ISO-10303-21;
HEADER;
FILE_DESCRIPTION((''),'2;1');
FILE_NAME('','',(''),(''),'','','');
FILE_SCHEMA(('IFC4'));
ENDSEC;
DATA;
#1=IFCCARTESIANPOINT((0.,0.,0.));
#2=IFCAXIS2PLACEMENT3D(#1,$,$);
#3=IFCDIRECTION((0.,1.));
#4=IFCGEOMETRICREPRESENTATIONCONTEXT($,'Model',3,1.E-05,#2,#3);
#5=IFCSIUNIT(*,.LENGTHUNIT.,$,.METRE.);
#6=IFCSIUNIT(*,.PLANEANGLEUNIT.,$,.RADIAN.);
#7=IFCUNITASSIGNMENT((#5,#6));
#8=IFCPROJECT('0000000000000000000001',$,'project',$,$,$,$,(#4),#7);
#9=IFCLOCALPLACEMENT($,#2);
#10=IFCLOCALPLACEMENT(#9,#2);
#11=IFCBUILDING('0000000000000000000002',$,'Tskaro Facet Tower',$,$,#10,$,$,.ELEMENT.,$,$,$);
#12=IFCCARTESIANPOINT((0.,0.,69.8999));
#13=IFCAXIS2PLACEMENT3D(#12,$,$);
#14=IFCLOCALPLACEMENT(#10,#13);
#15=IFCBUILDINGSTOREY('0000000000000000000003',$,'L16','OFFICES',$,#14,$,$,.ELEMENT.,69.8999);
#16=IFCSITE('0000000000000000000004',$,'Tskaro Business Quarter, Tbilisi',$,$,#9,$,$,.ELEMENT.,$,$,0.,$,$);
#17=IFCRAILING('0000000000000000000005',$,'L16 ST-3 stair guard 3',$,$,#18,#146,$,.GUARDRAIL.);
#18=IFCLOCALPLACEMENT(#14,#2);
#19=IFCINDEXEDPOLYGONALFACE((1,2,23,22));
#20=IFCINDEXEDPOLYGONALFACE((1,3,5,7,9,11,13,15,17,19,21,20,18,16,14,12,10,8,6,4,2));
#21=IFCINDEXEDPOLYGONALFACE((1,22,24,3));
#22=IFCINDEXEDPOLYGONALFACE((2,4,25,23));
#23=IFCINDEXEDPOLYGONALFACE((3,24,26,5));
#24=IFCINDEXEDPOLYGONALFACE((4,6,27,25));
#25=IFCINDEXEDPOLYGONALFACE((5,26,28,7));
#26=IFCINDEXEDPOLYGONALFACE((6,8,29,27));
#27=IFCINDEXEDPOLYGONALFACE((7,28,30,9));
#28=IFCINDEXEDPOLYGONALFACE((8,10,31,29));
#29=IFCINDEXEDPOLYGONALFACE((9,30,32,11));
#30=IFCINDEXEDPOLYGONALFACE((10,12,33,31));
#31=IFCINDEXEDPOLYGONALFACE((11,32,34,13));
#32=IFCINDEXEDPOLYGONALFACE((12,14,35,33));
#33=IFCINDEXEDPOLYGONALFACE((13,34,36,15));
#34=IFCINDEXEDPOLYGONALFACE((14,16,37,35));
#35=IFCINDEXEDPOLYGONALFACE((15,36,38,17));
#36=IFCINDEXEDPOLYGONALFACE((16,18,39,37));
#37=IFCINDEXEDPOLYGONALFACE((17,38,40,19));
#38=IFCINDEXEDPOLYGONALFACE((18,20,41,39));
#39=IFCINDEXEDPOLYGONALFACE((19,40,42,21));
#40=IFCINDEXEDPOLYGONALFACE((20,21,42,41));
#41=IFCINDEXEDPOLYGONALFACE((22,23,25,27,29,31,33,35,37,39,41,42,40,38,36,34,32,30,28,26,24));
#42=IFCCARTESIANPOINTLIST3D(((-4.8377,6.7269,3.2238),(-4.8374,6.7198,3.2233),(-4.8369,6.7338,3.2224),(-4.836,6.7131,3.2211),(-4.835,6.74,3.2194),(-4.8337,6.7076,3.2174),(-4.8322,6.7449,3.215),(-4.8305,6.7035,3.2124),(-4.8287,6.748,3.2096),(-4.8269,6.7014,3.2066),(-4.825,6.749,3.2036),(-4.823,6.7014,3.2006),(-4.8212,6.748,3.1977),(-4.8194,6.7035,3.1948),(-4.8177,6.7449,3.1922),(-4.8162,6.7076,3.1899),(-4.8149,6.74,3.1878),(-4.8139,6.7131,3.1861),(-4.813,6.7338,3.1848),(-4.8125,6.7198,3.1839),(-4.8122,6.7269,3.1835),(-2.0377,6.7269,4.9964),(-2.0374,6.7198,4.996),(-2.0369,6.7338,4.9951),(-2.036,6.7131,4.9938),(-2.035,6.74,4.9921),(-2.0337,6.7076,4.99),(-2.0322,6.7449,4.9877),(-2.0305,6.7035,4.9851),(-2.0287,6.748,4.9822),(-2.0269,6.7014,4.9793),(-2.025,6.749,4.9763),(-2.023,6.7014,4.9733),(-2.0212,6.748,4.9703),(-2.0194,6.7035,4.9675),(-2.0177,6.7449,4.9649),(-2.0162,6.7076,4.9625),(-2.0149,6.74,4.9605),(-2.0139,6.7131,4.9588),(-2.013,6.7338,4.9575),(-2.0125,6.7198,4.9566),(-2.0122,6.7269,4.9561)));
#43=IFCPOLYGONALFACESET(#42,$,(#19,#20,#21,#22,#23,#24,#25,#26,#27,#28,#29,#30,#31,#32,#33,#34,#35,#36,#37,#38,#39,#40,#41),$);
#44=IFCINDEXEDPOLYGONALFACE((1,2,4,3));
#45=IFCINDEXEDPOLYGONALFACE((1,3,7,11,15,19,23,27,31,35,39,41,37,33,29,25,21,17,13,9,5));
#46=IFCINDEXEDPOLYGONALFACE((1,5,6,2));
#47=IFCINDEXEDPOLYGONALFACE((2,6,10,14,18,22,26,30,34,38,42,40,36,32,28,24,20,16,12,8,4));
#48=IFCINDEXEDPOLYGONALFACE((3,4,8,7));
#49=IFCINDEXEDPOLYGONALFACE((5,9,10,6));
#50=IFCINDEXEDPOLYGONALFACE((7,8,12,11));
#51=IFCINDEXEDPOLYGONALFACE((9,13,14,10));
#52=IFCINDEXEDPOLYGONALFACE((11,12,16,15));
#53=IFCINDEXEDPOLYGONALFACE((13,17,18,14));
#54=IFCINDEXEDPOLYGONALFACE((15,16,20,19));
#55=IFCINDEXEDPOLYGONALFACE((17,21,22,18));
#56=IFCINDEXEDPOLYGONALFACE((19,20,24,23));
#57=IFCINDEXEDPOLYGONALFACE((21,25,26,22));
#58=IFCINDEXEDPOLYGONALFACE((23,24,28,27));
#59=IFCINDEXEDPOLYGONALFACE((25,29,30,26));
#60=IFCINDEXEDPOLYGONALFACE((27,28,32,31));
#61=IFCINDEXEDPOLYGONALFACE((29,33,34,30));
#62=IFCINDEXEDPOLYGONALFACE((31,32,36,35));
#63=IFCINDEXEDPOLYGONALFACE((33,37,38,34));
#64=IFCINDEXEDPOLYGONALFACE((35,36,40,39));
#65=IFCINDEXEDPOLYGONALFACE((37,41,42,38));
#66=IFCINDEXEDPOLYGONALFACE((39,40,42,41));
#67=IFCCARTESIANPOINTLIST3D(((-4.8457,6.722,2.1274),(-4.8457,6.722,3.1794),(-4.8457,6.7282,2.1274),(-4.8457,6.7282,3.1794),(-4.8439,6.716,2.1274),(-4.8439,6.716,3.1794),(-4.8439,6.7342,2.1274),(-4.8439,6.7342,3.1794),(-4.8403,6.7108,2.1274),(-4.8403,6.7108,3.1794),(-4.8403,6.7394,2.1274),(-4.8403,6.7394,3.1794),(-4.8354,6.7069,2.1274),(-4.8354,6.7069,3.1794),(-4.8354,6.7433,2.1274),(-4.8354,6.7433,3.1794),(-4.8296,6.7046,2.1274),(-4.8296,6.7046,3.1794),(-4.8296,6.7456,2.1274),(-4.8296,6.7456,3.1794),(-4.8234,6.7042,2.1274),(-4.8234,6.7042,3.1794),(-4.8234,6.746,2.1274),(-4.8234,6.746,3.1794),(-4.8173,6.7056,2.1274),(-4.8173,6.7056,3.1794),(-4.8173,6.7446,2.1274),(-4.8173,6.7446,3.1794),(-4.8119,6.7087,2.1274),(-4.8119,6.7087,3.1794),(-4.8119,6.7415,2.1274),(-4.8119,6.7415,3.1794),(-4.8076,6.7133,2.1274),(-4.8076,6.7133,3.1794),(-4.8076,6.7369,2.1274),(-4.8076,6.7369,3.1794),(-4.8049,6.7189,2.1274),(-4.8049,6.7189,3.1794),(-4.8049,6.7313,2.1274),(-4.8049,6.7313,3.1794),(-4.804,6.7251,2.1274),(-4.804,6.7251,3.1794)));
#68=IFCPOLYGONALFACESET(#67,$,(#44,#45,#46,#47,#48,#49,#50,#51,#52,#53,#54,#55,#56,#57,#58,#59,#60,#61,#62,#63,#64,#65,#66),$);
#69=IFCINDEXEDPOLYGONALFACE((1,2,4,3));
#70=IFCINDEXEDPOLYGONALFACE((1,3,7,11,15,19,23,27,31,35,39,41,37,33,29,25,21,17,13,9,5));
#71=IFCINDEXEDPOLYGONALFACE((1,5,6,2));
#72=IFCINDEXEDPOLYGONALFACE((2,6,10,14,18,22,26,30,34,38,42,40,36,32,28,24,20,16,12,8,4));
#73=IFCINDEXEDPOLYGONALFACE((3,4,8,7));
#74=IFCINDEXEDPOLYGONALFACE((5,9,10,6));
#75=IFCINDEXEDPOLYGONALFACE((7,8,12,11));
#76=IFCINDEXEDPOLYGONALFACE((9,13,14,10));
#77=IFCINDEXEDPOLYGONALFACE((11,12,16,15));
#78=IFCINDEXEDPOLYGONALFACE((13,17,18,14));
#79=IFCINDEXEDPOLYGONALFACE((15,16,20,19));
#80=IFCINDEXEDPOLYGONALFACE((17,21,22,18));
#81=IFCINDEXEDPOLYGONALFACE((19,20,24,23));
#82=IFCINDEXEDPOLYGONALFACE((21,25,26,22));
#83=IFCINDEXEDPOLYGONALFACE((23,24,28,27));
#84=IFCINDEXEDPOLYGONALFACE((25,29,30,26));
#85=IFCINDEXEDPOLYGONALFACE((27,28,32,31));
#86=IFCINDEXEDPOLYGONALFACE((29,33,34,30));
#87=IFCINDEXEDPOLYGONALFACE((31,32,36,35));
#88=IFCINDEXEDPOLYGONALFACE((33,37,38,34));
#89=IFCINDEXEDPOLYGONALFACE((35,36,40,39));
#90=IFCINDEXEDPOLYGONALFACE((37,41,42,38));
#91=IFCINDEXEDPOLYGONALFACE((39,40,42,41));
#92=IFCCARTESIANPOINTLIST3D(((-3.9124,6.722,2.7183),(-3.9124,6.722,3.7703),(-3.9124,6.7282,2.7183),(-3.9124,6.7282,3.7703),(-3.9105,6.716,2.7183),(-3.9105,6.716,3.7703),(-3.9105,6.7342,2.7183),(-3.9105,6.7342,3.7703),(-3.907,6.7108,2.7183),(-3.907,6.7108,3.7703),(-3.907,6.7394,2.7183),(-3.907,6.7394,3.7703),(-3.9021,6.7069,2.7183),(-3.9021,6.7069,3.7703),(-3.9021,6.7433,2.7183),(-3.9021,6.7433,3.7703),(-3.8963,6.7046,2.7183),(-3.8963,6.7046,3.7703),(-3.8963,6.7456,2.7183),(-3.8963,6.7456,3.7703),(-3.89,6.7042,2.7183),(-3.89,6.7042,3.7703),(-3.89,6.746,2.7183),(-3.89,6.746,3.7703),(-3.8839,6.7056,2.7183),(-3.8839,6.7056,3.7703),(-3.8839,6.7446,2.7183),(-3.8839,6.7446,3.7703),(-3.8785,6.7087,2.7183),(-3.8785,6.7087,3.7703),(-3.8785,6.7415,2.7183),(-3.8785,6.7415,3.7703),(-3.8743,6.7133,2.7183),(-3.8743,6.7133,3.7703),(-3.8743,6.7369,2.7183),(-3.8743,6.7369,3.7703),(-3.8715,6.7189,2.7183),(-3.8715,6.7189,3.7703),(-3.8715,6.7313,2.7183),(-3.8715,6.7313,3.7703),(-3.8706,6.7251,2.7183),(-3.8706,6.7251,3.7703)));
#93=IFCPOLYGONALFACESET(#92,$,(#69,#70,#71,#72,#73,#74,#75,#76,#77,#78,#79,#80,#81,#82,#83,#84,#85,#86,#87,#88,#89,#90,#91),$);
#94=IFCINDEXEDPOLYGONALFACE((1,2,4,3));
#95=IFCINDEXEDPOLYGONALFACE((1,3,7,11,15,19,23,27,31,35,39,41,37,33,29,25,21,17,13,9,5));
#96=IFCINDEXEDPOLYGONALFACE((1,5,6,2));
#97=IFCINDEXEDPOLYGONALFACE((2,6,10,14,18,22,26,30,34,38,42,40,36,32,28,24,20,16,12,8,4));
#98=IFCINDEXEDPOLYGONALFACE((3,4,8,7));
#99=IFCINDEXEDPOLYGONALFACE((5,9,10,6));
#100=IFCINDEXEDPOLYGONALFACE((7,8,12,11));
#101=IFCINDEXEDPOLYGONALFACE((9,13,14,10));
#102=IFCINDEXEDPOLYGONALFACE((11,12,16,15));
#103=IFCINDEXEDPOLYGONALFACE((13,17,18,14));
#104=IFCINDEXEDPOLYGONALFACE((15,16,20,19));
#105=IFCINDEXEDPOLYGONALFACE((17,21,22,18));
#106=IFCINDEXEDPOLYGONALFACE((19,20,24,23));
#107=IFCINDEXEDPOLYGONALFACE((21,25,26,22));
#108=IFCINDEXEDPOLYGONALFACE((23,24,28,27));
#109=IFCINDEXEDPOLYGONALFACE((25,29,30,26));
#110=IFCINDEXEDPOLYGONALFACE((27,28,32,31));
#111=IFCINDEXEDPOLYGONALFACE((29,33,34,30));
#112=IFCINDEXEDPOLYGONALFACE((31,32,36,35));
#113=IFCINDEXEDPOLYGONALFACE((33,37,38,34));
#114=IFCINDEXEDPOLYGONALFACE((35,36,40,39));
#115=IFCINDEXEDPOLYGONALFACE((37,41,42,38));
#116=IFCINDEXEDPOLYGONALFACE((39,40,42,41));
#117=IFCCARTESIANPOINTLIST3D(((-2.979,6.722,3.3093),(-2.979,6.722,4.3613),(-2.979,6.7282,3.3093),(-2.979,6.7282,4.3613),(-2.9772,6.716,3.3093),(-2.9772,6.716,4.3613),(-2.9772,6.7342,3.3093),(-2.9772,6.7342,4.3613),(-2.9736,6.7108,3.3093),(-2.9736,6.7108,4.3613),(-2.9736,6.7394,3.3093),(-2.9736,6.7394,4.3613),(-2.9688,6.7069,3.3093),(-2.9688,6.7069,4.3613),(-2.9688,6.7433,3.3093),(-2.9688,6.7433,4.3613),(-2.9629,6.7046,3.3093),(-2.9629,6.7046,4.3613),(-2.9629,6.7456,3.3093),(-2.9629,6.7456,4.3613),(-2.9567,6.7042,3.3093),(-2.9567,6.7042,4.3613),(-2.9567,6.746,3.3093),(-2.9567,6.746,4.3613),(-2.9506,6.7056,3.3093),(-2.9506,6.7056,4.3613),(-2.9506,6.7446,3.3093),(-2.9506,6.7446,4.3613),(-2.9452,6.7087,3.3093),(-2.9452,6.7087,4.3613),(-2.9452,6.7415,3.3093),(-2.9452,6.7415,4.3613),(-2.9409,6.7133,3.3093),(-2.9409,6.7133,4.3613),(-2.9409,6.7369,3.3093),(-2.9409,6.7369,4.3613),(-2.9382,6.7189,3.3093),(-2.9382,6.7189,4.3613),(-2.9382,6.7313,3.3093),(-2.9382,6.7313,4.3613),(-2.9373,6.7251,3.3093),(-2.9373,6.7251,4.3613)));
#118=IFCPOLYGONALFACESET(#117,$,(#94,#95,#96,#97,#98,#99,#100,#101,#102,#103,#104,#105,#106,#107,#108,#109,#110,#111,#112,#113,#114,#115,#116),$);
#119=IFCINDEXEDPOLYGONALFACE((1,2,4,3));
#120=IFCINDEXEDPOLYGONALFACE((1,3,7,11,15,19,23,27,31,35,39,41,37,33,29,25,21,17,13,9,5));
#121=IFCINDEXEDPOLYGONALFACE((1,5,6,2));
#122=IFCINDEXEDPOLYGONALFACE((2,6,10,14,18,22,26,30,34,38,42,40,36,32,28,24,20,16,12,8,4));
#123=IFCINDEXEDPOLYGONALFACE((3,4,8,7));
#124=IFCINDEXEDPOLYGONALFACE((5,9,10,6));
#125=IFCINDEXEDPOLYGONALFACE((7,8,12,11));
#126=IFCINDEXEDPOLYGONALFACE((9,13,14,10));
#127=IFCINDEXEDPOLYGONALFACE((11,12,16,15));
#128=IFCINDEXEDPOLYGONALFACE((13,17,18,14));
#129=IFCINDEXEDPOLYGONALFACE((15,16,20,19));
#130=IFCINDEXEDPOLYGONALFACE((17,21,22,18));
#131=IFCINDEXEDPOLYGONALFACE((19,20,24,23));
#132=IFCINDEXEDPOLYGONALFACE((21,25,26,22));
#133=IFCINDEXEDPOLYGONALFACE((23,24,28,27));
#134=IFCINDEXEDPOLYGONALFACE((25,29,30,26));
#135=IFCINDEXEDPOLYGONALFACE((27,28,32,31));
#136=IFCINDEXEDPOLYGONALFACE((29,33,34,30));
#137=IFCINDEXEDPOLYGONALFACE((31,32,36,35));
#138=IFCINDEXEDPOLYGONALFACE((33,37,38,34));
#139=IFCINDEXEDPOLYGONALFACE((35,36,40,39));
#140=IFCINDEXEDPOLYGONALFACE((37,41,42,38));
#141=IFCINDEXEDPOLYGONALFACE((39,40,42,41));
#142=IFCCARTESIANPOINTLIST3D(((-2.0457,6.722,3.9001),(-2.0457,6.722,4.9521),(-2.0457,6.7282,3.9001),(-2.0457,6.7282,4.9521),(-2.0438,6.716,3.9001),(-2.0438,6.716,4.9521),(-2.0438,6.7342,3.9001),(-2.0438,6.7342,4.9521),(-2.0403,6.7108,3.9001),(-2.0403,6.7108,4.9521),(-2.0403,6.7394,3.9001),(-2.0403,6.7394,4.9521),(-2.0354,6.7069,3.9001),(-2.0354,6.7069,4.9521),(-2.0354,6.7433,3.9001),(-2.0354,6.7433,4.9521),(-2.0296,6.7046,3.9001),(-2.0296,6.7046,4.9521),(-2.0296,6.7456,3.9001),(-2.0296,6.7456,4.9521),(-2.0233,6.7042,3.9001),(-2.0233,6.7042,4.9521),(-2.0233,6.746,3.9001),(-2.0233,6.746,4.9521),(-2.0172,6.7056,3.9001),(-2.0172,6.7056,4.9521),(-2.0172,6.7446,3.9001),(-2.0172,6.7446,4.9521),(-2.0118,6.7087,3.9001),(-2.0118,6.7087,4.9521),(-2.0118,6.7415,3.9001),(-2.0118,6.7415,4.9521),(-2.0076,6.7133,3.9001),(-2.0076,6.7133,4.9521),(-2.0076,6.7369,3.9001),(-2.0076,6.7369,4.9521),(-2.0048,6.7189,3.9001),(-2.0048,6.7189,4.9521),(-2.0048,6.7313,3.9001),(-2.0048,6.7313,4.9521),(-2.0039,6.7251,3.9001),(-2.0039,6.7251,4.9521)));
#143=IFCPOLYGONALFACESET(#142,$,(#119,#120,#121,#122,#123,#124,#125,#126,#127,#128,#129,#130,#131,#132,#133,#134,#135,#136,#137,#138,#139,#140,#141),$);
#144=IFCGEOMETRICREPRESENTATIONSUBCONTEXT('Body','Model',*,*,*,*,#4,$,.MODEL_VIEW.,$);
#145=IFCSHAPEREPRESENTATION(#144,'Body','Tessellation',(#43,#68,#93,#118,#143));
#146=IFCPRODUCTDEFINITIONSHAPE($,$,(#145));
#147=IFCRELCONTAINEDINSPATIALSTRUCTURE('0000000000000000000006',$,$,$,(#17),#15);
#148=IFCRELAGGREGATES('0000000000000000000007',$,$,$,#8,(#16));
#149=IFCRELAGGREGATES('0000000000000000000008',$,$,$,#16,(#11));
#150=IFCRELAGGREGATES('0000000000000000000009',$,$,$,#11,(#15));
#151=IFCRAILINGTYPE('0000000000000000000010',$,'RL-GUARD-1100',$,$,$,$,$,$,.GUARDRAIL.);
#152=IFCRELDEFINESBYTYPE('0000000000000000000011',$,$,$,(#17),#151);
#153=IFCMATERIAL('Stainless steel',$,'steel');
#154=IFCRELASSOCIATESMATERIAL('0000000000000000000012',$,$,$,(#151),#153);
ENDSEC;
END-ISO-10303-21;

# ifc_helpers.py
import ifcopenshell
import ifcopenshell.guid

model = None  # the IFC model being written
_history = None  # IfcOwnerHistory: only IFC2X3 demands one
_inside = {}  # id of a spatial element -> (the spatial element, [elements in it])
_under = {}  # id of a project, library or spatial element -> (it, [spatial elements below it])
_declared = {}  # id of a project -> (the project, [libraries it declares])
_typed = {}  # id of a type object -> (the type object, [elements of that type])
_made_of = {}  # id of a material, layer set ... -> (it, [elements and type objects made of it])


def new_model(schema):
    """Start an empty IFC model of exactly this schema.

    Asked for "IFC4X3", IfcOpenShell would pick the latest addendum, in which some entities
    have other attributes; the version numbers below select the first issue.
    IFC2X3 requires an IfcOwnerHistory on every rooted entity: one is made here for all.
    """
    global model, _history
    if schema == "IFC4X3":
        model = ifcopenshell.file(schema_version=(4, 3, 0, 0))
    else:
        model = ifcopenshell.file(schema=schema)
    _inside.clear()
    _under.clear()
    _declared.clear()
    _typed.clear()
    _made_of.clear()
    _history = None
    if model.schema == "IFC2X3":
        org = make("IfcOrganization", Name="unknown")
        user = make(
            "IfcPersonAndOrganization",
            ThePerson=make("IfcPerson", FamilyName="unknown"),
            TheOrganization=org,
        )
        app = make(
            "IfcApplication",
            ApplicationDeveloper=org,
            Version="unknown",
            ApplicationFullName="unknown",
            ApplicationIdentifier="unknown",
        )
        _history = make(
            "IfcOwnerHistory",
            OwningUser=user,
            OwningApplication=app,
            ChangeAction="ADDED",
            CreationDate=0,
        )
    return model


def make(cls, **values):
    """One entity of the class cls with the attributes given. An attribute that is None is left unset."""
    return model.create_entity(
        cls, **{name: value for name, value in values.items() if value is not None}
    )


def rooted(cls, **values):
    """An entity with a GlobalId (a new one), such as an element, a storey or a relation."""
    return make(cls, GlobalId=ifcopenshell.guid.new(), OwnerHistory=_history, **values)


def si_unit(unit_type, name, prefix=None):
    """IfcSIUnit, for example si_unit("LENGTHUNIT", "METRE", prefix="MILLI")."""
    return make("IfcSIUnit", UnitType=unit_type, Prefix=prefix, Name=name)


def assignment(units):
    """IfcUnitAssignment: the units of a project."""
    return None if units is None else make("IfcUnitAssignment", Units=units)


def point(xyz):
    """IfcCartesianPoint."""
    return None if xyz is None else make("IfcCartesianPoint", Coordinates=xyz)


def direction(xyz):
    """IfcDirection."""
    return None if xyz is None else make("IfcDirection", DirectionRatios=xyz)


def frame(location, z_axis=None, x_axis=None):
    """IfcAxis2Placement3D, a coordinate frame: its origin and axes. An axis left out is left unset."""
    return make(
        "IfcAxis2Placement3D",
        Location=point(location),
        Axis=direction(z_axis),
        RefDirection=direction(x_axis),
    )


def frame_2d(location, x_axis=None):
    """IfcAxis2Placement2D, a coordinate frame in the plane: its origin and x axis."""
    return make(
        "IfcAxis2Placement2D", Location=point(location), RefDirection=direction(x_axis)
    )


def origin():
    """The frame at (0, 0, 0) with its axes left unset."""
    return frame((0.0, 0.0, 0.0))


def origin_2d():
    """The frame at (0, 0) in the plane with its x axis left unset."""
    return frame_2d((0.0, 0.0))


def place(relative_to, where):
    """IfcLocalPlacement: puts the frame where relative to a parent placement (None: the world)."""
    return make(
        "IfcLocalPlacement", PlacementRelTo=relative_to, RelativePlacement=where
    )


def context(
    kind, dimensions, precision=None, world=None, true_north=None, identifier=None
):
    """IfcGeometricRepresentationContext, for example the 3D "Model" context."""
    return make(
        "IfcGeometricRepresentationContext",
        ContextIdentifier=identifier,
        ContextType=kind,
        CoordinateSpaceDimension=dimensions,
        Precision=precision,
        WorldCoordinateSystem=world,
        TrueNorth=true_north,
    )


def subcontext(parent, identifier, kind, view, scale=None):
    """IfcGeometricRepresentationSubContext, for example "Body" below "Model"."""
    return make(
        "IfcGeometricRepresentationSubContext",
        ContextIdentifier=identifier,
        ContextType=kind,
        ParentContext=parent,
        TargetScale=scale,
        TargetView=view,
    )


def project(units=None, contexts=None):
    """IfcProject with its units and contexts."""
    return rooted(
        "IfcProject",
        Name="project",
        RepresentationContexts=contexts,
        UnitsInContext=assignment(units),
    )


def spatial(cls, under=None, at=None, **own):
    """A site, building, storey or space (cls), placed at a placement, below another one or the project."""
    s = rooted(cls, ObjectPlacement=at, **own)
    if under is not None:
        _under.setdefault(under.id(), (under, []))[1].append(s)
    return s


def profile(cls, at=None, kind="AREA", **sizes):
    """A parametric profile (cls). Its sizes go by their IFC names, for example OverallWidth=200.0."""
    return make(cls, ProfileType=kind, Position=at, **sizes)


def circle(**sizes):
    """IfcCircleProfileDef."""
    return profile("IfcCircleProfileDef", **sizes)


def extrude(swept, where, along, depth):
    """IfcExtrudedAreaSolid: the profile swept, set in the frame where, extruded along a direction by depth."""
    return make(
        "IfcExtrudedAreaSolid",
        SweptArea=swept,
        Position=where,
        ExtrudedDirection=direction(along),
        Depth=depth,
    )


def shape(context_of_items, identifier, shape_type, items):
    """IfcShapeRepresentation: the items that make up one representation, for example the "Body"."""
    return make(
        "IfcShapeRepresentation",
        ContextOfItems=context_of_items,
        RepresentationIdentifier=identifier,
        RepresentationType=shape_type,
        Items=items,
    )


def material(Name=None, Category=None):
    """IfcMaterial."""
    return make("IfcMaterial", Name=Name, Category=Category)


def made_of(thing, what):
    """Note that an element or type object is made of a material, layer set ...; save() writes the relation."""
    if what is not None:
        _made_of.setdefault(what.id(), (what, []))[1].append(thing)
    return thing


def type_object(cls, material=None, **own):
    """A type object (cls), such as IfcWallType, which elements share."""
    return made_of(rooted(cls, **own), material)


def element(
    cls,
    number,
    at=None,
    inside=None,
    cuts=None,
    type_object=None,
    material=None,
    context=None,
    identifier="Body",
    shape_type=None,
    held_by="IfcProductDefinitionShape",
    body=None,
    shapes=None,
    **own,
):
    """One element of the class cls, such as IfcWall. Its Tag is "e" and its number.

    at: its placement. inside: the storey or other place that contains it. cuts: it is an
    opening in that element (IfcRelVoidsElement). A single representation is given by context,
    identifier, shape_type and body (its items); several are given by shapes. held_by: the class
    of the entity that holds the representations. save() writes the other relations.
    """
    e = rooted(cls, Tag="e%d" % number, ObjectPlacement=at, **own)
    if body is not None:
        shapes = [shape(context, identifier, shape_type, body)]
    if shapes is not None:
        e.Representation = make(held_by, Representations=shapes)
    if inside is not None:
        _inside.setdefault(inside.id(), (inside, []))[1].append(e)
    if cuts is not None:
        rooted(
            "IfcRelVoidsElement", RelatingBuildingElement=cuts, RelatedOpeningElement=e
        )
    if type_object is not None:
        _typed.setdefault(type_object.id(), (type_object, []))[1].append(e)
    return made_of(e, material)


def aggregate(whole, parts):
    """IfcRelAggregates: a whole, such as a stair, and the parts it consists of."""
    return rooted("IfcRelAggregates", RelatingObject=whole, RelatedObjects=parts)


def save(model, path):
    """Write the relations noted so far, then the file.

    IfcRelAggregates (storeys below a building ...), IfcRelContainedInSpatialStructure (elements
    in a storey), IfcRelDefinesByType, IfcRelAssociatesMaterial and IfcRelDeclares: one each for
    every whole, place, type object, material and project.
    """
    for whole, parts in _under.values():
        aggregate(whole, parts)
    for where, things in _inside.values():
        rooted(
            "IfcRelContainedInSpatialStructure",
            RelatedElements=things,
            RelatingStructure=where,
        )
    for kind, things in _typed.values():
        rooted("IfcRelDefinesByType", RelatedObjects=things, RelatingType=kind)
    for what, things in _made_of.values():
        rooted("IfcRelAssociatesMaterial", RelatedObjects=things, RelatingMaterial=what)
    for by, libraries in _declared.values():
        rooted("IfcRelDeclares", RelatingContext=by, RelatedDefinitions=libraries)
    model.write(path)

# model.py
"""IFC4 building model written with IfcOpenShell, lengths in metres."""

from ifc_helpers import new_model, si_unit, direction, frame, origin, origin_2d, place, context, subcontext, project, spatial, circle, extrude, material, type_object, element, save


model = new_model("IFC4")

# Units and contexts
model_context = context("Model", 3, precision=1e-05, world=origin(), true_north=direction((0.0, 1.0)))
body_context = subcontext(model_context, "Body", "Model", "MODEL_VIEW")
ifc_project = project(units=[si_unit("LENGTHUNIT", "METRE"), si_unit("PLANEANGLEUNIT", "RADIAN")], contexts=[model_context])

# Site, building, storey
site_placement = place(None, origin())
site = spatial("IfcSite", under=ifc_project, at=site_placement, Name="Tskaro Business Quarter, Tbilisi", CompositionType="ELEMENT", RefElevation=0.0)
building_placement = place(site_placement, origin())
building = spatial("IfcBuilding", under=site, at=building_placement, Name="Tskaro Facet Tower", CompositionType="ELEMENT")
storey_placement = place(building_placement, frame((0.0, 0.0, 69.8999)))
storey = spatial("IfcBuildingStorey", under=building, at=storey_placement, Name="L16", Description="OFFICES", CompositionType="ELEMENT", Elevation=69.8999)

# Railing
ifc_material_1 = material(Name="Stainless steel", Category="steel")
railing_type_1 = type_object("IfcRailingType", Name="RL-GUARD-1100", PredefinedType="GUARDRAIL", material=ifc_material_1)
railing_1_placement = place(storey_placement, frame((-4.825, 6.7251, 2.1274)))
element("IfcRailing", 1, at=railing_1_placement, inside=storey, type_object=railing_type_1, Name="L16 ST-3 stair guard 3", PredefinedType="GUARDRAIL", context=body_context, shape_type="SweptSolid", body=[
    extrude(circle(Radius=0.0239, at=origin_2d()), frame((0.0, 0.0, 1.0762), z_axis=(0.844909, 0.0, 0.53491), x_axis=(0.0, 1.0, 0.0)), (0.0, 0.0, 1.0), 3.314),
    extrude(circle(Radius=0.021, at=origin_2d()), origin(), (0.0, 0.0, 1.0), 1.052),
    extrude(circle(Radius=0.021, at=origin_2d()), frame((0.9333, 0.0, 0.5908)), (0.0, 0.0, 1.0), 1.052),
    extrude(circle(Radius=0.021, at=origin_2d()), frame((1.8667, 0.0, 1.1819)), (0.0, 0.0, 1.0), 1.052),
    extrude(circle(Radius=0.021, at=origin_2d()), frame((2.8, 0.0, 1.7727)), (0.0, 0.0, 1.0), 1.052),
])

save(model, "model.ifc")
